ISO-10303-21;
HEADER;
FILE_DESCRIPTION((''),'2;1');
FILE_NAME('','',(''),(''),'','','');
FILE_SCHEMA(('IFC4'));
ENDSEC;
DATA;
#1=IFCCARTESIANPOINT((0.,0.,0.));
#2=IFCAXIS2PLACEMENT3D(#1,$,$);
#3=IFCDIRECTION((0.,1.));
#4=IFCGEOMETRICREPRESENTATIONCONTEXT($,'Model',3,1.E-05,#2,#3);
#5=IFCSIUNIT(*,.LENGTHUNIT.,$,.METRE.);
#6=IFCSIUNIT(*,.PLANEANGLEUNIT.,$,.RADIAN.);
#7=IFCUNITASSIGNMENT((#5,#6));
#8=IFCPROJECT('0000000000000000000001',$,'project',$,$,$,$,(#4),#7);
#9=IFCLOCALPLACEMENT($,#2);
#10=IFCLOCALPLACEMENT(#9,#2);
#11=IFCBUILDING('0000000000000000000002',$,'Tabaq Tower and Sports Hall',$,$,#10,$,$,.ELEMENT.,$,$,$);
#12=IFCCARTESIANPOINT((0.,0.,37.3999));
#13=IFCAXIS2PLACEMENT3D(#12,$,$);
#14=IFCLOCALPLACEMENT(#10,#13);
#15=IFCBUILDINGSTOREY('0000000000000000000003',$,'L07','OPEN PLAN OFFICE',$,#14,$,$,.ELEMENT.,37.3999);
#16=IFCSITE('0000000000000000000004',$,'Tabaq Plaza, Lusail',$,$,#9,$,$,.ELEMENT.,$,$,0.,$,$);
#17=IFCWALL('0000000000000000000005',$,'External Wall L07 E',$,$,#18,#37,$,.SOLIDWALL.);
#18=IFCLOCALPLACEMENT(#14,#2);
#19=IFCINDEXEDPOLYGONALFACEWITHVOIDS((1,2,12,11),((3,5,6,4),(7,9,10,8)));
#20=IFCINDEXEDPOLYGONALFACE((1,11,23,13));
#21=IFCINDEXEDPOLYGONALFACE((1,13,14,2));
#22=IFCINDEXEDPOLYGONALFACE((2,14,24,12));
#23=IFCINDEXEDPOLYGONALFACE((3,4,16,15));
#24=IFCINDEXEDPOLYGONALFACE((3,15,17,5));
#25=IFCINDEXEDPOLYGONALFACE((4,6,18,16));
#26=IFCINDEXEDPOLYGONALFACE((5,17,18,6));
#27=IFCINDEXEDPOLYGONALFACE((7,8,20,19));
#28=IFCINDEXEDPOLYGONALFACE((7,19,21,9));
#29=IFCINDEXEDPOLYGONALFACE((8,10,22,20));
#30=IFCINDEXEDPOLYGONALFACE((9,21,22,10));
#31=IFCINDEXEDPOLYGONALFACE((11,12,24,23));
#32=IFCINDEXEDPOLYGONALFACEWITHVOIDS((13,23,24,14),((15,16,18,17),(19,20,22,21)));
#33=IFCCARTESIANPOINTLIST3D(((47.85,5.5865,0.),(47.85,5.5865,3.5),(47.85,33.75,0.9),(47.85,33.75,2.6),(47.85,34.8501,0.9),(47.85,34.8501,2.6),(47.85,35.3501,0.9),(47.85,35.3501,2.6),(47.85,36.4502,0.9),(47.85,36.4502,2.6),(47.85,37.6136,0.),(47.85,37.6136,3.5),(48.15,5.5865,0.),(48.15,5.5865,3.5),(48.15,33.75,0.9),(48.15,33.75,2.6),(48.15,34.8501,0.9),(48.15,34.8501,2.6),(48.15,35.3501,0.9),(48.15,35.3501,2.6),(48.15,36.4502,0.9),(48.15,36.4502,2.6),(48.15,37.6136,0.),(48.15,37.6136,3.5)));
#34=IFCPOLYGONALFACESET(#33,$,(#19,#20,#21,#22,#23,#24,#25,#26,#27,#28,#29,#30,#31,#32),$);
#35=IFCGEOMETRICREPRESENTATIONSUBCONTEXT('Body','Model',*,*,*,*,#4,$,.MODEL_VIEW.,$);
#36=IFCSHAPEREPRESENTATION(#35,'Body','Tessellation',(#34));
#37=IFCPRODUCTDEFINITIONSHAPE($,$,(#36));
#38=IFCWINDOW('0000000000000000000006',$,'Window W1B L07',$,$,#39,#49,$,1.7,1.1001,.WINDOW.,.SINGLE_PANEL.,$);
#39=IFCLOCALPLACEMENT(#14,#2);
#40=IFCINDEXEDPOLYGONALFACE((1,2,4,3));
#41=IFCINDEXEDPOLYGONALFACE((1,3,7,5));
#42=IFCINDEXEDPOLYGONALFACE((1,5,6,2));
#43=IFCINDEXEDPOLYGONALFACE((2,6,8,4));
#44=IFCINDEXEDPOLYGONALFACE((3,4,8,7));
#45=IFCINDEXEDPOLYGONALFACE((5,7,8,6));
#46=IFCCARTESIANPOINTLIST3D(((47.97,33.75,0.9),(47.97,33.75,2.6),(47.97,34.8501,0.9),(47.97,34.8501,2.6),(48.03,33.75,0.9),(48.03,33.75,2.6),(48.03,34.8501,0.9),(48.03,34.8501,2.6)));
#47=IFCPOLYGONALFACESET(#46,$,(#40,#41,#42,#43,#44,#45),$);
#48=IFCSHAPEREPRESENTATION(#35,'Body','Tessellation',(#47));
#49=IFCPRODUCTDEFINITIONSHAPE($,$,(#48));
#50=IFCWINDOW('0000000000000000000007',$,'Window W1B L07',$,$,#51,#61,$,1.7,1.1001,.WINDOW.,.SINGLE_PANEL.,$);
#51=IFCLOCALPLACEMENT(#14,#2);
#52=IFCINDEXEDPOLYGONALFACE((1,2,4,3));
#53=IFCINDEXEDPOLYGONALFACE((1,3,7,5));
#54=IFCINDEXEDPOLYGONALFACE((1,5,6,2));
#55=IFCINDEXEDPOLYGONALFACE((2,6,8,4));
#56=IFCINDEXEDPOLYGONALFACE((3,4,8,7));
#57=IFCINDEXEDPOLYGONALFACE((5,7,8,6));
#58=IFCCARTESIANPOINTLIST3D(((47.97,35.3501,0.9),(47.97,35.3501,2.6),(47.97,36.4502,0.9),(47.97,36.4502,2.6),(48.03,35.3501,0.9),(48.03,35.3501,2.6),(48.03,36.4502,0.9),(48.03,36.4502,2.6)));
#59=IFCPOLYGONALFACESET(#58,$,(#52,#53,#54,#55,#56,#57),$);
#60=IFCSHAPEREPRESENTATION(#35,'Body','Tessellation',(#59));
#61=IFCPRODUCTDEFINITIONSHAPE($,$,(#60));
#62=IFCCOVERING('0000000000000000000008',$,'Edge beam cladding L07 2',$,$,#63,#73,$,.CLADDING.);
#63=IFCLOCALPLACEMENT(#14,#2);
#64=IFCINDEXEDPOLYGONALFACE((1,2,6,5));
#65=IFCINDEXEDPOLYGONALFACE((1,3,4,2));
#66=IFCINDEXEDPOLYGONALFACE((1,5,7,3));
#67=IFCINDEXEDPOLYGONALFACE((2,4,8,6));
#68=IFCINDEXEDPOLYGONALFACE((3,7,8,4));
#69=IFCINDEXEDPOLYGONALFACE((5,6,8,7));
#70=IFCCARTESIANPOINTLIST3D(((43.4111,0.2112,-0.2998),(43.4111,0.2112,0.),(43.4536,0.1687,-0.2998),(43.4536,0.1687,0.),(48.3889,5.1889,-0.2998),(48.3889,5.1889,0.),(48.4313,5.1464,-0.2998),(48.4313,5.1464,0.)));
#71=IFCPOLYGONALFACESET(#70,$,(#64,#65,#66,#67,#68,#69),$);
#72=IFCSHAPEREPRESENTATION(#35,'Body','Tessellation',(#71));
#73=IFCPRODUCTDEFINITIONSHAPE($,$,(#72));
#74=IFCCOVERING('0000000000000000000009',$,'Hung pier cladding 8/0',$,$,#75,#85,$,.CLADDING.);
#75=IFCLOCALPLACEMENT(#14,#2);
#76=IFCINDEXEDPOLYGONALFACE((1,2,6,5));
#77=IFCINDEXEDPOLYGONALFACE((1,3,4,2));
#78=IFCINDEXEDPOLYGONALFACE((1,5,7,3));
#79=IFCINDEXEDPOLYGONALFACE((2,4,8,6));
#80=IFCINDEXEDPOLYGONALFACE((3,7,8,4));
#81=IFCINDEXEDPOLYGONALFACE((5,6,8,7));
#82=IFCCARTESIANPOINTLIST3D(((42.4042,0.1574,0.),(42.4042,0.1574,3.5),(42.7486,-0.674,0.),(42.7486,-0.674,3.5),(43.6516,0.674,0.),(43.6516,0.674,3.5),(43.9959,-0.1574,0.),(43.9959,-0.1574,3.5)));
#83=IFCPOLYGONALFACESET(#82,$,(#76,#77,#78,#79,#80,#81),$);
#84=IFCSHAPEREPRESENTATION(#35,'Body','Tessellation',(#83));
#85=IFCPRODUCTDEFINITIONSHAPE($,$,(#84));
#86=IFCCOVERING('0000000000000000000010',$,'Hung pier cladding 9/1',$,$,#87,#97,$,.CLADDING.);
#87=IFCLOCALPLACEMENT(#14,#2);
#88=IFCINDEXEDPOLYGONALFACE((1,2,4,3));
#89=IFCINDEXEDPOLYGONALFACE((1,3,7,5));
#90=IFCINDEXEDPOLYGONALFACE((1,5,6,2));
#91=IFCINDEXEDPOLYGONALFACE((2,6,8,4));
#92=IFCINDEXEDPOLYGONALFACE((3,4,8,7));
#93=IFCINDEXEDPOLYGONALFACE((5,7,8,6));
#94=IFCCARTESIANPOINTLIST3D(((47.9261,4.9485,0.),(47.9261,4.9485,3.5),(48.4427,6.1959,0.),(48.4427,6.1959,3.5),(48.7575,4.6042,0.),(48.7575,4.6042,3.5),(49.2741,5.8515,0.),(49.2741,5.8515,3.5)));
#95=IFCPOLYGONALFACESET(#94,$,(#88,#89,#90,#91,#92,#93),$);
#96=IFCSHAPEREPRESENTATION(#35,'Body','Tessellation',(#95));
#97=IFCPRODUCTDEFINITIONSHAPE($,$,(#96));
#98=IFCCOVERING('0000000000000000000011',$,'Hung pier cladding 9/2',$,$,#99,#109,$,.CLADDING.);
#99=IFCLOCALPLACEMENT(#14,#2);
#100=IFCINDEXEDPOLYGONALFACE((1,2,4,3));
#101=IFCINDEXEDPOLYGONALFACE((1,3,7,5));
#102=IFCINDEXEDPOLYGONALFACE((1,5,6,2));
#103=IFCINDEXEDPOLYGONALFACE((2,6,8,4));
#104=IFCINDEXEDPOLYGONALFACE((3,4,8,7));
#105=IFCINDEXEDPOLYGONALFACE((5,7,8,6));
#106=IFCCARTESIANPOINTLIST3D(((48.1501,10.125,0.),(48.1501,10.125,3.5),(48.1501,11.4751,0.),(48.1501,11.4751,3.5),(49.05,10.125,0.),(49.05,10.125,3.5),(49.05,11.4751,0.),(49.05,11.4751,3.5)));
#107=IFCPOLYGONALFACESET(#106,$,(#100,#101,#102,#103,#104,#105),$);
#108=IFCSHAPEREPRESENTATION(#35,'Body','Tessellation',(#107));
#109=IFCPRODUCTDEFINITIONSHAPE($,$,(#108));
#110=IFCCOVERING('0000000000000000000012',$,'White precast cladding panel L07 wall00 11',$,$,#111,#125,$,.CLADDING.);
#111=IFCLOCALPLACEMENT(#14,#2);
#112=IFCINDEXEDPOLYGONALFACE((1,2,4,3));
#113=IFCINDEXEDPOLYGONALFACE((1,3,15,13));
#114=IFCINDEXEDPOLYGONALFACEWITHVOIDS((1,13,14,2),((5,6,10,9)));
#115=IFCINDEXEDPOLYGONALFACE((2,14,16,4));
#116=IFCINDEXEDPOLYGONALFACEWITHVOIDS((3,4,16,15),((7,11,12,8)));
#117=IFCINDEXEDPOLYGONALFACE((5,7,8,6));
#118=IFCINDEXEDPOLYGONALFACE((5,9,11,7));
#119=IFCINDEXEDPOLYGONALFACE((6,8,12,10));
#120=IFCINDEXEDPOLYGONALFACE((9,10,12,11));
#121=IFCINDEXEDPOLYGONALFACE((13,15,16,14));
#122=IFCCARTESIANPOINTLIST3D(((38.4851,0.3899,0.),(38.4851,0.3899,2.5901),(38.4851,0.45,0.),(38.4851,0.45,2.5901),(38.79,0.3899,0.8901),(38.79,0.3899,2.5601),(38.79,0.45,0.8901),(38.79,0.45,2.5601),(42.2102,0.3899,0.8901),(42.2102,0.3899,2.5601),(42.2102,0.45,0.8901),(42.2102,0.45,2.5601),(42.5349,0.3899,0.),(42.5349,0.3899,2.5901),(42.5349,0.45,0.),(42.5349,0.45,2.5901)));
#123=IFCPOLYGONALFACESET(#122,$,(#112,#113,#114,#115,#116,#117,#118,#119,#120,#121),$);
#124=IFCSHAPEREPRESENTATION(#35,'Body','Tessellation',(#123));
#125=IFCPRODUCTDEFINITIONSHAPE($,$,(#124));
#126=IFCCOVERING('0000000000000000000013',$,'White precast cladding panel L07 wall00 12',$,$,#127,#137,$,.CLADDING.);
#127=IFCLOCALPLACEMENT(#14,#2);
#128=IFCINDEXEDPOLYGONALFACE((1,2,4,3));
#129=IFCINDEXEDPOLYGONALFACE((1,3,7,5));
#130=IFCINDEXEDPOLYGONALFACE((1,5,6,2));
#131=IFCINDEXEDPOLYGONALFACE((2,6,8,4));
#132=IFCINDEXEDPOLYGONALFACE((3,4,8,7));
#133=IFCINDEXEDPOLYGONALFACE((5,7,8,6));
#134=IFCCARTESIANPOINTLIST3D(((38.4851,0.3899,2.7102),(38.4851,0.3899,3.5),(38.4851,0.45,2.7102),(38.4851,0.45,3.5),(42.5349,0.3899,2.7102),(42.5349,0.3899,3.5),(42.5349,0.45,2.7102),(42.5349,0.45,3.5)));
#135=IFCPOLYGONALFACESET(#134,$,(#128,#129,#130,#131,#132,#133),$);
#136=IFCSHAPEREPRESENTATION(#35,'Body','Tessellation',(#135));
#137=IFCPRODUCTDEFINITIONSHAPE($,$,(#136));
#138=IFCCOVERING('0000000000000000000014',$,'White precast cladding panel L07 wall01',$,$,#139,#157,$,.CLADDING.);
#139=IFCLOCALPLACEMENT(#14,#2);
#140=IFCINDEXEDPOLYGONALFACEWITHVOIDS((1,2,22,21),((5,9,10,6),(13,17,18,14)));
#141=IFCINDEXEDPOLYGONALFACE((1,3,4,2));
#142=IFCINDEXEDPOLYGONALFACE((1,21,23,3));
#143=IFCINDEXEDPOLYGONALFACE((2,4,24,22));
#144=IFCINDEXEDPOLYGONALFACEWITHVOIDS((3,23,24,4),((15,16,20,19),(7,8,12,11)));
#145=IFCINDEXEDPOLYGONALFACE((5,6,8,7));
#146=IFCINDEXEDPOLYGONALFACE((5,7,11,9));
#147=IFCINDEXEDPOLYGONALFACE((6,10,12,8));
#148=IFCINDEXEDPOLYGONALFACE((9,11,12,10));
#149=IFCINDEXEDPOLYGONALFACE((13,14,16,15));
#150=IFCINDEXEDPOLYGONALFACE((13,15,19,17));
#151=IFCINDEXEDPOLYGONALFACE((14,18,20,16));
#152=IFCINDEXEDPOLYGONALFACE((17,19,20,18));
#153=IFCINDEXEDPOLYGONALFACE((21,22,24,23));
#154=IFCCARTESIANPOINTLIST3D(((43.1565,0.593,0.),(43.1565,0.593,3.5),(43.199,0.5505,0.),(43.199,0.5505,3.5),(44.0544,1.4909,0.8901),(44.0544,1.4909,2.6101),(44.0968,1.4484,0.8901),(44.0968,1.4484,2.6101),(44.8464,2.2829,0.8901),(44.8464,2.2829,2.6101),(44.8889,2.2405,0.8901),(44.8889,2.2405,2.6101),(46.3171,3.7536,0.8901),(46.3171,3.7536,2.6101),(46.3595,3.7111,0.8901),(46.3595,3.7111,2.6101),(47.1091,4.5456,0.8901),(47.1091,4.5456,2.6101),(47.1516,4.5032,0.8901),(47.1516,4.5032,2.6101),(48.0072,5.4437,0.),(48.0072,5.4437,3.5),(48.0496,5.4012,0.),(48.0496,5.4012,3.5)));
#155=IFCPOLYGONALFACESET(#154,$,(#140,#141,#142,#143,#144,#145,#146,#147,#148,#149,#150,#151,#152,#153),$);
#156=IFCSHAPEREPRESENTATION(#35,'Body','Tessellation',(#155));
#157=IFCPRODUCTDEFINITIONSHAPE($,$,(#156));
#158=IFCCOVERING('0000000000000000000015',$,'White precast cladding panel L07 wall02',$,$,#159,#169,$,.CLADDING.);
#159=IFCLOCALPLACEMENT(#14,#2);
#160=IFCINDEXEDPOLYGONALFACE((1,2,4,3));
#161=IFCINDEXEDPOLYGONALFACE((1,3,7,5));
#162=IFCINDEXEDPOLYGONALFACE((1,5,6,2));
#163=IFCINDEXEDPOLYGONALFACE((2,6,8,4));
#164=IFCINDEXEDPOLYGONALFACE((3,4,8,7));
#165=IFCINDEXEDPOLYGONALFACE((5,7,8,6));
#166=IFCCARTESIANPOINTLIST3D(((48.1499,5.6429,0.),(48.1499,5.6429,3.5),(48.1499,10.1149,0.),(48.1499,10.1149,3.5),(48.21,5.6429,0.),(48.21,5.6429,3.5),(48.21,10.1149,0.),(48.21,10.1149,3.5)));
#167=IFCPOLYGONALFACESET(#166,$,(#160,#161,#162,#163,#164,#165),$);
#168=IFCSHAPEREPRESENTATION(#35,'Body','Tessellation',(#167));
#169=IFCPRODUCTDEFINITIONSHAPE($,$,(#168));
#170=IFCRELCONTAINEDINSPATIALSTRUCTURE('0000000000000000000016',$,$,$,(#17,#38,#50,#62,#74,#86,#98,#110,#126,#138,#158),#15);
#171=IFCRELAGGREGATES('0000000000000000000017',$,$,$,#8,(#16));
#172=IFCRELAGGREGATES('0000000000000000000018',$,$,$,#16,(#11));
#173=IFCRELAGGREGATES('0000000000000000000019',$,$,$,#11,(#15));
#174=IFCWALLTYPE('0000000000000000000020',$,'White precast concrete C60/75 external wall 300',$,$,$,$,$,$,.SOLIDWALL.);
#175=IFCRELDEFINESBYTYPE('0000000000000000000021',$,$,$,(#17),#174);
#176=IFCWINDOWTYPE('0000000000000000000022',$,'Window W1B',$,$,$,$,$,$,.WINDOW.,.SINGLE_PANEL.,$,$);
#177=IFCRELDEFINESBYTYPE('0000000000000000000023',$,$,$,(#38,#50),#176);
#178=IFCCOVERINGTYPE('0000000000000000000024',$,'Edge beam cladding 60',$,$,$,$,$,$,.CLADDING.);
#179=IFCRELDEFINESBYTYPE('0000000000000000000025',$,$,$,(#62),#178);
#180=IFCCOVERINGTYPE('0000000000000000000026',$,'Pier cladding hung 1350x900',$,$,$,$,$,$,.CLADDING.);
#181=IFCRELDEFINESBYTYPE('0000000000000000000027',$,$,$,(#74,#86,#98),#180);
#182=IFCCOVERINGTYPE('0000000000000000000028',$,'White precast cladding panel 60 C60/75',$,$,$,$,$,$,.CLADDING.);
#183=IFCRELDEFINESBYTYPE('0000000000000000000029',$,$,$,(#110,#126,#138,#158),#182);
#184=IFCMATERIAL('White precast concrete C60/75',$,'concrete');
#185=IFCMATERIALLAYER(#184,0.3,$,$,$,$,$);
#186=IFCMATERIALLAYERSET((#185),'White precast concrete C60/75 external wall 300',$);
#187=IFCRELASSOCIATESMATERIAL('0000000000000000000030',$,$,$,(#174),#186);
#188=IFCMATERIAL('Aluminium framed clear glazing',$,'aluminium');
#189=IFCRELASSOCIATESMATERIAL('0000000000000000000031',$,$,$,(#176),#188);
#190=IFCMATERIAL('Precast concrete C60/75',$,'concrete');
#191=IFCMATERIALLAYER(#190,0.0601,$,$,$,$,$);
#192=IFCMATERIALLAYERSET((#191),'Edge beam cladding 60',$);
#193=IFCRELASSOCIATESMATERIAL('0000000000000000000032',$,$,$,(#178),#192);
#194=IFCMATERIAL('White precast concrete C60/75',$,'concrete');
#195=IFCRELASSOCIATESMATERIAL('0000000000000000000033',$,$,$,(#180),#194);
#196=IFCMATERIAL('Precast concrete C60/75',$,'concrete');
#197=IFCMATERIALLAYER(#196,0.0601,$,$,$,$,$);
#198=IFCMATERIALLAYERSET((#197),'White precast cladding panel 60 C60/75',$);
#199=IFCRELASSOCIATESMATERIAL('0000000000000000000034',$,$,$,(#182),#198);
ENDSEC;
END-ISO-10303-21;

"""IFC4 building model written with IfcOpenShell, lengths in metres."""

from ifc_helpers import new_model, si_unit, direction, frame, frame_2d, origin, place, context, subcontext, project, spatial, polyline, rectangle, outline, extrude, material, layer, layer_set, type_object, element, fill, save


model = new_model("IFC4")

# Units and contexts
model_context = context("Model", 3, precision=1e-05, world=origin(), true_north=direction((0.0, 1.0)))
body_context = subcontext(model_context, "Body", "Model", "MODEL_VIEW")
ifc_project = project(units=[si_unit("LENGTHUNIT", "METRE"), si_unit("PLANEANGLEUNIT", "RADIAN")], contexts=[model_context])

# Site, building, storey
site_placement = place(None, origin())
site = spatial("IfcSite", under=ifc_project, at=site_placement, Name="Tabaq Plaza, Lusail", CompositionType="ELEMENT", RefElevation=0.0)
building_placement = place(site_placement, origin())
building = spatial("IfcBuilding", under=site, at=building_placement, Name="Tabaq Tower and Sports Hall", CompositionType="ELEMENT")
storey_placement = place(building_placement, frame((0.0, 0.0, 37.3999)))
storey = spatial("IfcBuildingStorey", under=building, at=storey_placement, Name="L07", Description="OPEN PLAN OFFICE", CompositionType="ELEMENT", Elevation=37.3999)

# Wall, openings, windows
ifc_material_1 = material(Name="White precast concrete C60/75", Category="concrete")
ifc_layer_1 = layer(ifc_material_1, 0.3)
ifc_layer_set_1 = layer_set([ifc_layer_1], Name="White precast concrete C60/75 external wall 300")
wall_type_1 = type_object("IfcWallType", Name="White precast concrete C60/75 external wall 300", PredefinedType="SOLIDWALL", material=ifc_layer_set_1)
ifc_material_2 = material(Name="Aluminium framed clear glazing", Category="aluminium")
window_type = type_object("IfcWindowType", Name="Window W1B", PartitioningType="SINGLE_PANEL", PredefinedType="WINDOW", material=ifc_material_2)
wall_1_placement = place(storey_placement, frame((48.0, 5.5864, 0.0), z_axis=(0.0, 0.0, 1.0), x_axis=(0.0, 1.0, 0.0)))
wall_1 = element("IfcWall", 1, at=wall_1_placement, inside=storey, type_object=wall_type_1, Name="External Wall L07 E", PredefinedType="SOLIDWALL", context=body_context, shape_type="SweptSolid", body=[
    extrude(rectangle(XDim=32.0271, YDim=0.3, at=frame_2d((16.0137, 0.0))), origin(), (0.0, 0.0, 1.0), 3.5),
])
opening_1_placement = place(wall_1_placement, frame((28.1636, 0.0, 0.8999)))
opening_1 = element("IfcOpeningElement", 2, at=opening_1_placement, cuts=wall_1, PredefinedType="OPENING", context=body_context, shape_type="SweptSolid", body=[
    extrude(rectangle(XDim=1.1001, YDim=1.7, at=frame_2d((0.55, 0.8501))), frame((0.0, 0.1602, 0.0), z_axis=(0.0, -1.0, 0.0), x_axis=(1.0, 0.0, 0.0)), (0.0, 0.0, 1.0), 0.3201),
])
opening_2_placement = place(wall_1_placement, frame((29.7637, 0.0, 0.8999)))
opening_2 = element("IfcOpeningElement", 3, at=opening_2_placement, cuts=wall_1, PredefinedType="OPENING", context=body_context, shape_type="SweptSolid", body=[
    extrude(rectangle(XDim=1.1001, YDim=1.7, at=frame_2d((0.55, 0.8501))), frame((0.0, 0.1602, 0.0), z_axis=(0.0, -1.0, 0.0), x_axis=(1.0, 0.0, 0.0)), (0.0, 0.0, 1.0), 0.3201),
])
window_1_placement = place(opening_1_placement, origin())
window_1 = element("IfcWindow", 4, at=window_1_placement, inside=storey, type_object=window_type, Name="Window W1B L07", OverallHeight=1.7, OverallWidth=1.1001, PartitioningType="SINGLE_PANEL", PredefinedType="WINDOW", context=body_context, shape_type="SweptSolid", body=[
    extrude(rectangle(XDim=1.1001, YDim=1.7, at=frame_2d((0.55, 0.8501))), frame((0.0, 0.03, 0.0), z_axis=(0.0, -1.0, 0.0), x_axis=(1.0, 0.0, 0.0)), (0.0, 0.0, 1.0), 0.0601),
])
fill(opening_1, window_1)
window_2_placement = place(opening_2_placement, origin())
window_2 = element("IfcWindow", 5, at=window_2_placement, inside=storey, type_object=window_type, Name="Window W1B L07", OverallHeight=1.7, OverallWidth=1.1001, PartitioningType="SINGLE_PANEL", PredefinedType="WINDOW", context=body_context, shape_type="SweptSolid", body=[
    extrude(rectangle(XDim=1.1001, YDim=1.7, at=frame_2d((0.55, 0.8501))), frame((0.0, 0.03, 0.0), z_axis=(0.0, -1.0, 0.0), x_axis=(1.0, 0.0, 0.0)), (0.0, 0.0, 1.0), 0.0601),
])
fill(opening_2, window_2)

# Coverings
ifc_material_3 = material(Name="Precast concrete C60/75", Category="concrete")
ifc_layer_2 = layer(ifc_material_3, 0.0601)
ifc_layer_set_2 = layer_set([ifc_layer_2], Name="Edge beam cladding 60")
covering_type_1 = type_object("IfcCoveringType", Name="Edge beam cladding 60", PredefinedType="CLADDING", material=ifc_layer_set_2)
covering_1_placement = place(storey_placement, frame((43.4324, 0.1899, -0.2998), z_axis=(0.0, 0.0, 1.0), x_axis=(0.707107, 0.707107, 0.0)))
element("IfcCovering", 6, at=covering_1_placement, inside=storey, type_object=covering_type_1, Name="Edge beam cladding L07 2", PredefinedType="CLADDING", context=body_context, shape_type="SweptSolid", body=[
    extrude(rectangle(XDim=7.0396, YDim=0.0601, at=frame_2d((3.5198, 0.0))), origin(), (0.0, 0.0, 1.0), 0.2998),
])
ifc_material_4 = material(Name="White precast concrete C60/75", Category="concrete")
covering_type_2 = type_object("IfcCoveringType", Name="Pier cladding hung 1350x900", PredefinedType="CLADDING", material=ifc_material_4)
for number, where, z_axis, x_axis, name in (
    (7, (42.5764, -0.2583, 0.0), (0.0, 0.0, 1.0), (0.923893, 0.38265, 0.0), "Hung pier cladding 8/0"),
    (8, (48.3418, 4.7764, 0.0), (0.0, 0.0, 1.0), (0.38265, 0.923893, 0.0), "Hung pier cladding 9/1"),
    (9, (48.6001, 10.125, 0.0), (0.0, 0.0, 1.0), (0.0, 1.0, 0.0), "Hung pier cladding 9/2"),
):
    element("IfcCovering", number, at=place(storey_placement, frame(where, z_axis=z_axis, x_axis=x_axis)), inside=storey, type_object=covering_type_2, Name=name, PredefinedType="CLADDING", context=body_context, shape_type="SweptSolid", body=[
        extrude(rectangle(XDim=1.3501, YDim=0.8999, at=frame_2d((0.675, 0.0))), origin(), (0.0, 0.0, 1.0), 3.5),
    ])
ifc_material_5 = material(Name="Precast concrete C60/75", Category="concrete")
ifc_layer_3 = layer(ifc_material_5, 0.0601)
ifc_layer_set_3 = layer_set([ifc_layer_3], Name="White precast cladding panel 60 C60/75")
covering_type_3 = type_object("IfcCoveringType", Name="White precast cladding panel 60 C60/75", PredefinedType="CLADDING", material=ifc_layer_set_3)
covering_2_placement = place(storey_placement, frame((38.4851, 0.4199, 0.0), z_axis=(0.0, 0.0, 1.0), x_axis=(1.0, 0.0, 0.0)))
element("IfcCovering", 10, at=covering_2_placement, inside=storey, type_object=covering_type_3, Name="White precast cladding panel L07 wall00 11", PredefinedType="CLADDING", context=body_context, shape_type="SweptSolid", body=[
    extrude(outline(polyline([(0.0, 0.0), (4.0498, 0.0), (4.0498, 2.5901), (0.0, 2.5901), (0.0, 0.0)]), holes=[polyline([(3.7251, 0.8901), (0.3049, 0.8901), (0.3049, 2.5601), (3.7251, 2.5601), (3.7251, 0.8901)])]), frame((0.0, 0.03, 0.0), z_axis=(0.0, -1.0, 0.0), x_axis=(1.0, 0.0, 0.0)), (0.0, 0.0, 1.0), 0.0601),
])
covering_3_placement = place(storey_placement, frame((38.4851, 0.4199, 2.7102), z_axis=(0.0, 0.0, 1.0), x_axis=(1.0, 0.0, 0.0)))
element("IfcCovering", 11, at=covering_3_placement, inside=storey, type_object=covering_type_3, Name="White precast cladding panel L07 wall00 12", PredefinedType="CLADDING", context=body_context, shape_type="SweptSolid", body=[
    extrude(rectangle(XDim=4.0498, YDim=0.0601, at=frame_2d((2.0249, 0.0))), origin(), (0.0, 0.0, 1.0), 0.7898),
])
covering_4_placement = place(storey_placement, frame((43.1777, 0.5718, 0.0), z_axis=(0.0, 0.0, 1.0), x_axis=(0.707107, 0.707107, 0.0)))
element("IfcCovering", 12, at=covering_4_placement, inside=storey, type_object=covering_type_3, Name="White precast cladding panel L07 wall01", PredefinedType="CLADDING", context=body_context, shape_type="SweptSolid", body=[
    extrude(outline(polyline([(0.0, 0.0), (6.8599, 0.0), (6.8599, 3.5), (0.0, 3.5), (0.0, 0.0)]), holes=[polyline([(1.2698, 2.6101), (2.3899, 2.6101), (2.3899, 0.8901), (1.2698, 0.8901), (1.2698, 2.6101)]), polyline([(4.4697, 2.6101), (5.5898, 2.6101), (5.5898, 0.8901), (4.4697, 0.8901), (4.4697, 2.6101)])]), frame((0.0, 0.03, 0.0), z_axis=(0.0, -1.0, 0.0), x_axis=(1.0, 0.0, 0.0)), (0.0, 0.0, 1.0), 0.0601),
])
covering_5_placement = place(storey_placement, frame((48.1799, 5.6431, 0.0), z_axis=(0.0, 0.0, 1.0), x_axis=(0.0, 1.0, 0.0)))
element("IfcCovering", 13, at=covering_5_placement, inside=storey, type_object=covering_type_3, Name="White precast cladding panel L07 wall02", PredefinedType="CLADDING", context=body_context, shape_type="SweptSolid", body=[
    extrude(rectangle(XDim=4.4719, YDim=0.0601, at=frame_2d((2.2358, 0.0))), origin(), (0.0, 0.0, 1.0), 3.5),
])

save(model, "model.ifc")
